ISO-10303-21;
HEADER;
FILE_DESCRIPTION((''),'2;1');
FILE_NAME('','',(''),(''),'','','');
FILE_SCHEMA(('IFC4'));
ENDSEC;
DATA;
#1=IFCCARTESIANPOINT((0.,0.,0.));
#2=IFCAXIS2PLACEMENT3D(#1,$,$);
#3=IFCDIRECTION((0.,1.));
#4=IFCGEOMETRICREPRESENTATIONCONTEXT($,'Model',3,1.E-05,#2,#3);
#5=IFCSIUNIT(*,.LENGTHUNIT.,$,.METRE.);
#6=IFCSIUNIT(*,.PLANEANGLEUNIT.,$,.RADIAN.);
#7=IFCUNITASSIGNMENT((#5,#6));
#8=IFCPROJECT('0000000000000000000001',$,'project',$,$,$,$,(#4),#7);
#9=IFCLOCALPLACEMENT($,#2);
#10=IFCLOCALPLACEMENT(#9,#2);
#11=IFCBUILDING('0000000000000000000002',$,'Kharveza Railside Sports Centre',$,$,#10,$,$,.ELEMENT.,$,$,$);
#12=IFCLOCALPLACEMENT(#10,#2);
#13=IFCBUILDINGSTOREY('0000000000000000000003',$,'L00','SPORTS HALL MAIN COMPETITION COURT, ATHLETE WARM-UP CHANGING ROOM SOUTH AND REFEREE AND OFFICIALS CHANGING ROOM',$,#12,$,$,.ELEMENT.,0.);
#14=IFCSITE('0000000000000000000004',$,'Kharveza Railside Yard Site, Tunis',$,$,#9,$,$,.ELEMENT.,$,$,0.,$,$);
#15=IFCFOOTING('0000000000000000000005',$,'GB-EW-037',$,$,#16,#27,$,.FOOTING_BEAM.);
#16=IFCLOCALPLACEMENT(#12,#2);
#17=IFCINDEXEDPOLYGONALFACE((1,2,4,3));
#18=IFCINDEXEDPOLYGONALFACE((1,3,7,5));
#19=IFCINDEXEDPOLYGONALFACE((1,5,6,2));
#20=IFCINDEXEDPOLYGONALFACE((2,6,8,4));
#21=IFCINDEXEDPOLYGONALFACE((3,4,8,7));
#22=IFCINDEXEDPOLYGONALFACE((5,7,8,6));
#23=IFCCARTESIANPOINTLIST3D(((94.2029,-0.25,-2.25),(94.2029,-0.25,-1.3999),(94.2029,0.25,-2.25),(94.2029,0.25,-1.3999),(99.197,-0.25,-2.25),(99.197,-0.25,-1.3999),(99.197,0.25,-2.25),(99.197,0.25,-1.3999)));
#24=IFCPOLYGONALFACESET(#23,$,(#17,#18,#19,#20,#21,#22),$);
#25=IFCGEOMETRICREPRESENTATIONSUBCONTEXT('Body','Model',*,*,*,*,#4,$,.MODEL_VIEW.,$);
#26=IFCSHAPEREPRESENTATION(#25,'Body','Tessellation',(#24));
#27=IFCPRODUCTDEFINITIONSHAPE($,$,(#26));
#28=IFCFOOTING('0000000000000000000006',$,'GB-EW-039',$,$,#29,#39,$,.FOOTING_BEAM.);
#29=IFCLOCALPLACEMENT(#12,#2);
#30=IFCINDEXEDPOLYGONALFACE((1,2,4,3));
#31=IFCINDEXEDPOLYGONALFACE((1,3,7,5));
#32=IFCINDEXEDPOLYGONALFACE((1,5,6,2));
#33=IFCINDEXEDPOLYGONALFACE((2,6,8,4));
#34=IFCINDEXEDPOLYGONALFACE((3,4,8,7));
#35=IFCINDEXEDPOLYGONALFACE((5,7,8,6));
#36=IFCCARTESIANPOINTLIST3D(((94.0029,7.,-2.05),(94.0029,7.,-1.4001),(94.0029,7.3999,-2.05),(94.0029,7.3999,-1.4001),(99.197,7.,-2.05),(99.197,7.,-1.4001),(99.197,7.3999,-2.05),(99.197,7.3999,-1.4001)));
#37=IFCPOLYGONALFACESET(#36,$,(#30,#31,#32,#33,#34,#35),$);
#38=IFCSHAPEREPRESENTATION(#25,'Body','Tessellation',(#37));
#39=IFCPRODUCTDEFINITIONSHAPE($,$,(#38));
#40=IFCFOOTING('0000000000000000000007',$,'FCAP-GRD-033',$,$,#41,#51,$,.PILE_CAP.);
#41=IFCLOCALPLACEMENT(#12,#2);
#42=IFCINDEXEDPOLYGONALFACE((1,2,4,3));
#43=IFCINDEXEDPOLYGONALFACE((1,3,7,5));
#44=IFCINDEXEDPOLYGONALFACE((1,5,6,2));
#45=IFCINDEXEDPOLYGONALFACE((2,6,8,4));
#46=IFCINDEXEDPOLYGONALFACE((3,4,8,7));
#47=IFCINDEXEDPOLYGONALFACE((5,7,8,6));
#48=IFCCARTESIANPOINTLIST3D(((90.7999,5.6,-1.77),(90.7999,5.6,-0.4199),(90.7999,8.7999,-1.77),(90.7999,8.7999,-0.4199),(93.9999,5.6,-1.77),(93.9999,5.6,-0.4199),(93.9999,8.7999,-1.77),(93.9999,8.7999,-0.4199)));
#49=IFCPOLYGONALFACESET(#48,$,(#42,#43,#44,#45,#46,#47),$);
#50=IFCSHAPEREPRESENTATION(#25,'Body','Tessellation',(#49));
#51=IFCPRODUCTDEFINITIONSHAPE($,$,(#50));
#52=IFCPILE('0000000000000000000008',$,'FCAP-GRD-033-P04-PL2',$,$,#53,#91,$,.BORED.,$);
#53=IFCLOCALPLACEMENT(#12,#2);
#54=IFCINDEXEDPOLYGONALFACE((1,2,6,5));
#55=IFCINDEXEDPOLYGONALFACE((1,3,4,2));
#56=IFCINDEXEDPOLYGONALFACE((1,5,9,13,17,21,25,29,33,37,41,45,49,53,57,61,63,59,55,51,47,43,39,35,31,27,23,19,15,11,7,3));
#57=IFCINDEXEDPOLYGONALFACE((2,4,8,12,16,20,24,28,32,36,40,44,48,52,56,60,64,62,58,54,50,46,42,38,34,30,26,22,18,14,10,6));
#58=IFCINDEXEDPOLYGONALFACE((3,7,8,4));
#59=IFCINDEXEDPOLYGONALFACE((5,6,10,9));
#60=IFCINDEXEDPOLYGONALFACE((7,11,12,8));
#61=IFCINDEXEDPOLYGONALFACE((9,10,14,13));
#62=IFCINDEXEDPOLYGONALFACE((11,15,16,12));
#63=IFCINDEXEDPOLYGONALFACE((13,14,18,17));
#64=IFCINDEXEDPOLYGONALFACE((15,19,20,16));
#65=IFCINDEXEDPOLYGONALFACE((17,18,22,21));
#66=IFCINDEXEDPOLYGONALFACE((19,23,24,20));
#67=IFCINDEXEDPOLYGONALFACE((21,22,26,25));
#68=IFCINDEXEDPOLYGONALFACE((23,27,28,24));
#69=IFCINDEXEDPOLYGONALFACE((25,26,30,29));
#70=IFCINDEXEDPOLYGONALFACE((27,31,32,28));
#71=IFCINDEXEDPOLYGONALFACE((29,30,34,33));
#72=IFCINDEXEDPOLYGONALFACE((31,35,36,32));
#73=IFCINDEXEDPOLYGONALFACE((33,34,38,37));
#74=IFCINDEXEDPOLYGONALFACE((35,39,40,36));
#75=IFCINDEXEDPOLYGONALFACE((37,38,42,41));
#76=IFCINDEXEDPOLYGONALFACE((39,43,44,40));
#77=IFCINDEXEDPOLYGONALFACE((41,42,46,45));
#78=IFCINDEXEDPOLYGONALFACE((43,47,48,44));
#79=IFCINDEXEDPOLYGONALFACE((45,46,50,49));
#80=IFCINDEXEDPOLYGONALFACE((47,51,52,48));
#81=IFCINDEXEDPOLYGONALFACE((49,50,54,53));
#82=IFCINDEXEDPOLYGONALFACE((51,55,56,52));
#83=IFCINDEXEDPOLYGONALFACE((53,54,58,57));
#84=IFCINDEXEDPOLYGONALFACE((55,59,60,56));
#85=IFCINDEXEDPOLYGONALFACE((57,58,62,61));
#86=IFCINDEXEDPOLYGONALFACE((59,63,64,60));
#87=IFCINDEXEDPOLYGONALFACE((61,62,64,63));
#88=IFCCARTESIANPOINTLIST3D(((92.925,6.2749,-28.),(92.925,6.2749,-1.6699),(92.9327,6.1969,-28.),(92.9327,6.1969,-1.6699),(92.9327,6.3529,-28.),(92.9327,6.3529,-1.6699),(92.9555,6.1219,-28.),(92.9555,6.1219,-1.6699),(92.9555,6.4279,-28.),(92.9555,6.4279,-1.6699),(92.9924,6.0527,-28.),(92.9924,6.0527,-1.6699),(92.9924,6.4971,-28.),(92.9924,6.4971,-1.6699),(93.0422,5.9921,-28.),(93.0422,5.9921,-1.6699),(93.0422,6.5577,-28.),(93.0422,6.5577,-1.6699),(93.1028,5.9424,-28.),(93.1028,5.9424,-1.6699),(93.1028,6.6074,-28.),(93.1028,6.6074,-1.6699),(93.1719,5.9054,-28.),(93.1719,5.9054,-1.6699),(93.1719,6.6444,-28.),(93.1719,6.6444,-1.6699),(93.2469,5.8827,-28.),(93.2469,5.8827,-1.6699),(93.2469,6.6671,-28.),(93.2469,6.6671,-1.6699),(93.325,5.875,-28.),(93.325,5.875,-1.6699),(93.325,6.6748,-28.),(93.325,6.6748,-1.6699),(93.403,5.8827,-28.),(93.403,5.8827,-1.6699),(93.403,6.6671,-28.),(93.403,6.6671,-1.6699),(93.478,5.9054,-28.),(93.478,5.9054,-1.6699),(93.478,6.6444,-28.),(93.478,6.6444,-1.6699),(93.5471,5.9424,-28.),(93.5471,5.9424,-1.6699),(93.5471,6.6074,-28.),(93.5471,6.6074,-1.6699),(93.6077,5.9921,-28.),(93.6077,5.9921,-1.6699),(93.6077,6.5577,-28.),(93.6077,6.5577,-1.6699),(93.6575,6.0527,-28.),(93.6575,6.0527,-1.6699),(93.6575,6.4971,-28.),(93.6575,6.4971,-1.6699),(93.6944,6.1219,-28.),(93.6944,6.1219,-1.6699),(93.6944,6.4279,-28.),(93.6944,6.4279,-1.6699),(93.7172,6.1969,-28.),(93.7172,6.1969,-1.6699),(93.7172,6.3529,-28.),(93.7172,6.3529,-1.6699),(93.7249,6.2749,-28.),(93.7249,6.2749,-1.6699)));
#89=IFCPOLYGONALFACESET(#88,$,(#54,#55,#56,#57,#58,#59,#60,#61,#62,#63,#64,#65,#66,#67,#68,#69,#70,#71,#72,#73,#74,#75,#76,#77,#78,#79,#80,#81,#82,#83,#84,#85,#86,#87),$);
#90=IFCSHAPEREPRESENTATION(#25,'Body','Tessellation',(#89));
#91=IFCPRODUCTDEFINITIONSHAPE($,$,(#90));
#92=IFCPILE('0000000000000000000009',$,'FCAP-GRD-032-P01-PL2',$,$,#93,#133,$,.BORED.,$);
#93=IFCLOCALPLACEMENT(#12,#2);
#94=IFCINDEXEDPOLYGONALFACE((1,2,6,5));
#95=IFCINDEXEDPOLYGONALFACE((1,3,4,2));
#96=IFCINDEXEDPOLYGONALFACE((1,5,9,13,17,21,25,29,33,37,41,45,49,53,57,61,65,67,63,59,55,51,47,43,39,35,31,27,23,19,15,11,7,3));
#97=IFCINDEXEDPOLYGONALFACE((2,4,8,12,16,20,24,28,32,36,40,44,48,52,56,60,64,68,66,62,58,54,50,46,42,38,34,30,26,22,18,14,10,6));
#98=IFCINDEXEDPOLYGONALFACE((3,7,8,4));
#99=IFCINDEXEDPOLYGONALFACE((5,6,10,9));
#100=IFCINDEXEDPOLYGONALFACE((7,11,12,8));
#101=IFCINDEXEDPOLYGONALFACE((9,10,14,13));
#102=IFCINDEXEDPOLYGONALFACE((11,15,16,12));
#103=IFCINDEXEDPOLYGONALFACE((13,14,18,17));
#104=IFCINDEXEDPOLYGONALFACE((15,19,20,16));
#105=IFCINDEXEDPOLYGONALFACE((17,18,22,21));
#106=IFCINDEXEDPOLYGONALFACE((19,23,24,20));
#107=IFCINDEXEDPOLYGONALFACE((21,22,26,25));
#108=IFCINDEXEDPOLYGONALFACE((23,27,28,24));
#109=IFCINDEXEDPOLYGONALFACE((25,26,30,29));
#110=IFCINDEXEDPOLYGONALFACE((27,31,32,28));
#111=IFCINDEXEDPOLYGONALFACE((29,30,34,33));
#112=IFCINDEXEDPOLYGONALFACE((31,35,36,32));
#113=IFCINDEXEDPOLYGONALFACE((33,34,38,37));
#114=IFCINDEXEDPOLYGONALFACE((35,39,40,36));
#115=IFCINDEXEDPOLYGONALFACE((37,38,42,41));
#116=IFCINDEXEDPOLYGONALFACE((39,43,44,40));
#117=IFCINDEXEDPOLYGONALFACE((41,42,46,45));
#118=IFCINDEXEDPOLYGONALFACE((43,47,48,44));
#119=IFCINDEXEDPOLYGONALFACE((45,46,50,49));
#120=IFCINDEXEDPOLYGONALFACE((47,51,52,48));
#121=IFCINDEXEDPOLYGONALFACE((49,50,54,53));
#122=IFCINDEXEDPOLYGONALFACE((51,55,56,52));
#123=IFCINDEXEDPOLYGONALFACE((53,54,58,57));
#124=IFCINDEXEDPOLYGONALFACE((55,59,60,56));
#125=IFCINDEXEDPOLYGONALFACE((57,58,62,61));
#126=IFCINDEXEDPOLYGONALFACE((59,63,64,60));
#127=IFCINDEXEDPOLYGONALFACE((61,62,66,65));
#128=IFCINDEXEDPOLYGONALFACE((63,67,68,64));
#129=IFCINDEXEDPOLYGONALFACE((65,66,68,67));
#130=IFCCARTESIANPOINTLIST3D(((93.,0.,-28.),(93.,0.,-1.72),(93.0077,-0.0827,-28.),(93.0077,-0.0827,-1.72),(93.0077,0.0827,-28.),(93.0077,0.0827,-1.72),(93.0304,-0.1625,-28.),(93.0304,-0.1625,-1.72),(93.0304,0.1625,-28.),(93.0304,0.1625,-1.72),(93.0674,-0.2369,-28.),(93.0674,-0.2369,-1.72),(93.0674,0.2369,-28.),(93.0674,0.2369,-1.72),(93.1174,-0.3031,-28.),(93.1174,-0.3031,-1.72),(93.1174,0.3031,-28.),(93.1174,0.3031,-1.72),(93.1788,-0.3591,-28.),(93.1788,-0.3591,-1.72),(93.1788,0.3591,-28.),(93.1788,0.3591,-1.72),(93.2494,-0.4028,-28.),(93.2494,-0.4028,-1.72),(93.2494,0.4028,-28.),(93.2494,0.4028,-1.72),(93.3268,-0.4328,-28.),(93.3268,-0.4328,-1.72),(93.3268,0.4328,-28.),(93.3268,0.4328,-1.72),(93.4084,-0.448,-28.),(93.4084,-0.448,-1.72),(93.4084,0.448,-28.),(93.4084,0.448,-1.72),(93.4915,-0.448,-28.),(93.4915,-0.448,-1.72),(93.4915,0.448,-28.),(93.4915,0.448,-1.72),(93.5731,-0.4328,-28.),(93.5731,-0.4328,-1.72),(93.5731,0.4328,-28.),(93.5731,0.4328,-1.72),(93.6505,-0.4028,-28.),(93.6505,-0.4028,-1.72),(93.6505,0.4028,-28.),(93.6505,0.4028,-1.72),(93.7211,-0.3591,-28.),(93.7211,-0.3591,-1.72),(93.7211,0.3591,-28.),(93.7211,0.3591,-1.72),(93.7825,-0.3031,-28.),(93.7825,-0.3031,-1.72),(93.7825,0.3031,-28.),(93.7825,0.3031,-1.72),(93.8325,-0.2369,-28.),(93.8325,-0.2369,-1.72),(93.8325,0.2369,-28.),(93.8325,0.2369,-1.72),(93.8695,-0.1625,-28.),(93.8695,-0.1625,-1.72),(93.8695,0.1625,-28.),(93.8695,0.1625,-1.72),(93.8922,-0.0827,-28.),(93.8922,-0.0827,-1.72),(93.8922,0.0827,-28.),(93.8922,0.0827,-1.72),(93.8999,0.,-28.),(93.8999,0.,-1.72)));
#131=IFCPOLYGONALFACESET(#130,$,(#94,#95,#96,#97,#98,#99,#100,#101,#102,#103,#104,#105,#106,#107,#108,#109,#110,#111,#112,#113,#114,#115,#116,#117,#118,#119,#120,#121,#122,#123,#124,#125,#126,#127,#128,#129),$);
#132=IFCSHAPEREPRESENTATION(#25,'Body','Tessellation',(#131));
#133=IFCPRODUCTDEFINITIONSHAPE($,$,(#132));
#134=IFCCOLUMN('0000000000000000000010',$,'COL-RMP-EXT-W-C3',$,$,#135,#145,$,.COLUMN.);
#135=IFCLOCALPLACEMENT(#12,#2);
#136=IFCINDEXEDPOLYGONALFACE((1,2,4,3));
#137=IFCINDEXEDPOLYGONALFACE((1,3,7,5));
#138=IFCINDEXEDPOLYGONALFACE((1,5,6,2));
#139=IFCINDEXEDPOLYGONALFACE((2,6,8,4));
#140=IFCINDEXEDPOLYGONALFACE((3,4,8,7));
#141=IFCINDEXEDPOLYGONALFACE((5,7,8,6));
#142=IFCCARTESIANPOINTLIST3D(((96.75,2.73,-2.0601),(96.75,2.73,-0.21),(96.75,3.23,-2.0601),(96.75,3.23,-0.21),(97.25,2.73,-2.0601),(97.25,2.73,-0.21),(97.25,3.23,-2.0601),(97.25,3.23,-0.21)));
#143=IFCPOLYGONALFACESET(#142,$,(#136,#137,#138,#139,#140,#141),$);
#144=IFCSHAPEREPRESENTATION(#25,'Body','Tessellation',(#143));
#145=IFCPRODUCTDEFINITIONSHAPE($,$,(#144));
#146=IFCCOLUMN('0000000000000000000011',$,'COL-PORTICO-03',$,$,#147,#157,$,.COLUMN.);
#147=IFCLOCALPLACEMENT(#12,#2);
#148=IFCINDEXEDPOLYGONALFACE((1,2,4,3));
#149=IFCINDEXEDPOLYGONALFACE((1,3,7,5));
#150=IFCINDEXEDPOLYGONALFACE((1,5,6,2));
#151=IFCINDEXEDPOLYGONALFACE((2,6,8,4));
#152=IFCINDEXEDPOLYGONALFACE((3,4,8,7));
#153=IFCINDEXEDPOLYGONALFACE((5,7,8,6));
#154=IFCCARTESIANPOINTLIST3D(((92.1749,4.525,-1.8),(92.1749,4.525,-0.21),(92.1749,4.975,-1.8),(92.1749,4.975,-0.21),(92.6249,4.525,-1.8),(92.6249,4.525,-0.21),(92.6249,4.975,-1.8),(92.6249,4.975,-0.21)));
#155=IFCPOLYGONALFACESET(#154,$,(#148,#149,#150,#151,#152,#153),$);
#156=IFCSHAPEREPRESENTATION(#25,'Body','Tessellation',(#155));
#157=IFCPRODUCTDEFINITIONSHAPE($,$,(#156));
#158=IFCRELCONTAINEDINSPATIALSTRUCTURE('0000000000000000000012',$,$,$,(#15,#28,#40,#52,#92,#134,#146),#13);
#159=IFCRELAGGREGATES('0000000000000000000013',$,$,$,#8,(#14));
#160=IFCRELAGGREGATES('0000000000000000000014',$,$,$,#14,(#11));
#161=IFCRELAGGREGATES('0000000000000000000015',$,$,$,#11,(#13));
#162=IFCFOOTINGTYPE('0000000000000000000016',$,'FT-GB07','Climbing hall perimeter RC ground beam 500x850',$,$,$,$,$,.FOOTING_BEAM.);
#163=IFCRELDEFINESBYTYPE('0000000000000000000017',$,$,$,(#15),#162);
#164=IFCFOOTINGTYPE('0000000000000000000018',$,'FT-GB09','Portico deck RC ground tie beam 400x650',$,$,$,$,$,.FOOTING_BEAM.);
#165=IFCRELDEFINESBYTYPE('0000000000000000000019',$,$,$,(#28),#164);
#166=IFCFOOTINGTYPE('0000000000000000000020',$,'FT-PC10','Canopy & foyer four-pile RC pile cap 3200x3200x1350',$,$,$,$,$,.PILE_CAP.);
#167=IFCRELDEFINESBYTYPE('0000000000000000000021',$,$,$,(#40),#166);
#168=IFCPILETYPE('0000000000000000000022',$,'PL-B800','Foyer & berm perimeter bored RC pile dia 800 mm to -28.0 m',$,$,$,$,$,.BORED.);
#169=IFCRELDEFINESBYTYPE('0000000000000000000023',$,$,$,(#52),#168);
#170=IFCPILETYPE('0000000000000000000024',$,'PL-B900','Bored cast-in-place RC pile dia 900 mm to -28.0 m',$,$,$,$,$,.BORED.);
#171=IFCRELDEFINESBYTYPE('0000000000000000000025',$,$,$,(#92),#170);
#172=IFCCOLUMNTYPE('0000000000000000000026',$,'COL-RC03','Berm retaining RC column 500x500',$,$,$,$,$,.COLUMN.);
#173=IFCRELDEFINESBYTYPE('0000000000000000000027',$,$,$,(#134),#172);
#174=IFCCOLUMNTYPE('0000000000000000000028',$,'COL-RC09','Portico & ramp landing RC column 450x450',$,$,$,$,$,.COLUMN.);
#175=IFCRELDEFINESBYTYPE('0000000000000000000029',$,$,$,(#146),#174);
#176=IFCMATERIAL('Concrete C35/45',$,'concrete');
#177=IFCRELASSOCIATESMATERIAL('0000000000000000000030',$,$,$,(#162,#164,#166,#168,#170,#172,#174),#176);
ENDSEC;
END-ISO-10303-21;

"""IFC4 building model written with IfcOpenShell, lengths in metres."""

from ifc_helpers import new_model, si_unit, direction, frame, origin, origin_2d, place, context, subcontext, project, spatial, rectangle, circle, extrude, material, material_profile, profile_set, type_object, element, save


model = new_model("IFC4")

# Units and contexts
model_context = context("Model", 3, precision=1e-05, world=origin(), true_north=direction((0.0, 1.0)))
body_context = subcontext(model_context, "Body", "Model", "MODEL_VIEW")
ifc_project = project(units=[si_unit("LENGTHUNIT", "METRE"), si_unit("PLANEANGLEUNIT", "RADIAN")], contexts=[model_context])

# Site, building, storey
site_placement = place(None, origin())
site = spatial("IfcSite", under=ifc_project, at=site_placement, Name="Kharveza Railside Yard Site, Tunis", CompositionType="ELEMENT", RefElevation=0.0)
building_placement = place(site_placement, origin())
building = spatial("IfcBuilding", under=site, at=building_placement, Name="Kharveza Railside Sports Centre", CompositionType="ELEMENT")
storey_placement = place(building_placement, origin())
storey = spatial("IfcBuildingStorey", under=building, at=storey_placement, Name="L00", Description="SPORTS HALL MAIN COMPETITION COURT, ATHLETE WARM-UP CHANGING ROOM SOUTH AND REFEREE AND OFFICIALS CHANGING ROOM", CompositionType="ELEMENT", Elevation=0.0)

# Footings
ifc_material_1 = material(Name="Concrete C35/45", Category="concrete")
ifc_material_profile_1 = material_profile(ifc_material_1, rectangle(XDim=0.5, YDim=0.8501, at=origin_2d()), Name="GB 500x850")
ifc_profile_set_1 = profile_set([ifc_material_profile_1], Name="Concrete C35/45")
footing_type_1 = type_object("IfcFootingType", Name="FT-GB07", Description="Climbing hall perimeter RC ground beam 500x850", PredefinedType="FOOTING_BEAM", material=ifc_profile_set_1)
footing_1_placement = place(storey_placement, frame((94.2029, 0.0, -1.825), z_axis=(1.0, 0.0, 0.0), x_axis=(0.0, 1.0, 0.0)))
element("IfcFooting", 1, at=footing_1_placement, inside=storey, type_object=footing_type_1, Name="GB-EW-037", PredefinedType="FOOTING_BEAM", context=body_context, shape_type="SweptSolid", body=[
    extrude(rectangle(XDim=0.5, YDim=0.8501, at=origin_2d()), origin(), (0.0, 0.0, 1.0), 4.9941),
])
ifc_material_profile_2 = material_profile(ifc_material_1, rectangle(XDim=0.3999, YDim=0.6499, at=origin_2d()), Name="GB 400x650")
ifc_profile_set_2 = profile_set([ifc_material_profile_2], Name="Concrete C35/45")
footing_type_2 = type_object("IfcFootingType", Name="FT-GB09", Description="Portico deck RC ground tie beam 400x650", PredefinedType="FOOTING_BEAM", material=ifc_profile_set_2)
footing_2_placement = place(storey_placement, frame((94.0029, 7.2, -1.7251), z_axis=(1.0, 0.0, 0.0), x_axis=(0.0, 1.0, 0.0)))
element("IfcFooting", 2, at=footing_2_placement, inside=storey, type_object=footing_type_2, Name="GB-EW-039", PredefinedType="FOOTING_BEAM", context=body_context, shape_type="SweptSolid", body=[
    extrude(rectangle(XDim=0.3999, YDim=0.6499, at=origin_2d()), origin(), (0.0, 0.0, 1.0), 5.1941),
])
footing_type_3 = type_object("IfcFootingType", Name="FT-PC10", Description="Canopy & foyer four-pile RC pile cap 3200x3200x1350", PredefinedType="PILE_CAP", material=ifc_material_1)
footing_3_placement = place(storey_placement, frame((92.3999, 7.2, -1.77), z_axis=(0.0, 0.0, 1.0), x_axis=(1.0, 0.0, 0.0)))
element("IfcFooting", 3, at=footing_3_placement, inside=storey, type_object=footing_type_3, Name="FCAP-GRD-033", PredefinedType="PILE_CAP", context=body_context, shape_type="SweptSolid", body=[
    extrude(rectangle(XDim=3.2, YDim=3.2, at=origin_2d()), origin(), (0.0, 0.0, 1.0), 1.3501),
])

# Piles
ifc_material_profile_3 = material_profile(ifc_material_1, circle(Radius=0.3999, at=origin_2d()), Name="PILE D800")
ifc_profile_set_3 = profile_set([ifc_material_profile_3], Name="Concrete C35/45")
pile_type_1 = type_object("IfcPileType", Name="PL-B800", Description="Foyer & berm perimeter bored RC pile dia 800 mm to -28.0 m", PredefinedType="BORED", material=ifc_profile_set_3)
pile_1_placement = place(storey_placement, frame((93.325, 6.2749, -1.6699), z_axis=(0.0, 0.0, -1.0), x_axis=(1.0, 0.0, 0.0)))
element("IfcPile", 4, at=pile_1_placement, inside=storey, type_object=pile_type_1, Name="FCAP-GRD-033-P04-PL2", PredefinedType="BORED", context=body_context, shape_type="SweptSolid", body=[
    extrude(circle(Radius=0.3999, at=origin_2d()), origin(), (0.0, 0.0, 1.0), 26.3301),
])
ifc_material_profile_4 = material_profile(ifc_material_1, circle(Radius=0.45, at=origin_2d()), Name="PILE D900")
ifc_profile_set_4 = profile_set([ifc_material_profile_4], Name="Concrete C35/45")
pile_type_2 = type_object("IfcPileType", Name="PL-B900", Description="Bored cast-in-place RC pile dia 900 mm to -28.0 m", PredefinedType="BORED", material=ifc_profile_set_4)
pile_2_placement = place(storey_placement, frame((93.45, 0.0, -1.72), z_axis=(0.0, 0.0, -1.0), x_axis=(1.0, 0.0, 0.0)))
element("IfcPile", 5, at=pile_2_placement, inside=storey, type_object=pile_type_2, Name="FCAP-GRD-032-P01-PL2", PredefinedType="BORED", context=body_context, shape_type="SweptSolid", body=[
    extrude(circle(Radius=0.45, at=origin_2d()), origin(), (0.0, 0.0, 1.0), 26.28),
])

# Columns
ifc_material_profile_5 = material_profile(ifc_material_1, rectangle(XDim=0.5, YDim=0.5, at=origin_2d()), Name="RC 500x500")
ifc_profile_set_5 = profile_set([ifc_material_profile_5], Name="Concrete C35/45")
column_type_1 = type_object("IfcColumnType", Name="COL-RC03", Description="Berm retaining RC column 500x500", PredefinedType="COLUMN", material=ifc_profile_set_5)
column_1_placement = place(storey_placement, frame((97.0, 2.98, -2.0601), z_axis=(0.0, 0.0, 1.0), x_axis=(1.0, 0.0, 0.0)))
element("IfcColumn", 6, at=column_1_placement, inside=storey, type_object=column_type_1, Name="COL-RMP-EXT-W-C3", PredefinedType="COLUMN", context=body_context, shape_type="SweptSolid", body=[
    extrude(rectangle(XDim=0.5, YDim=0.5, at=origin_2d()), origin(), (0.0, 0.0, 1.0), 1.8501),
])
ifc_material_profile_6 = material_profile(ifc_material_1, rectangle(XDim=0.45, YDim=0.45, at=origin_2d()), Name="RC 450x450")
ifc_profile_set_6 = profile_set([ifc_material_profile_6], Name="Concrete C35/45")
column_type_2 = type_object("IfcColumnType", Name="COL-RC09", Description="Portico & ramp landing RC column 450x450", PredefinedType="COLUMN", material=ifc_profile_set_6)
column_2_placement = place(storey_placement, frame((92.3999, 4.75, -1.8), z_axis=(0.0, 0.0, 1.0), x_axis=(1.0, 0.0, 0.0)))
element("IfcColumn", 7, at=column_2_placement, inside=storey, type_object=column_type_2, Name="COL-PORTICO-03", PredefinedType="COLUMN", context=body_context, shape_type="SweptSolid", body=[
    extrude(rectangle(XDim=0.45, YDim=0.45, at=origin_2d()), origin(), (0.0, 0.0, 1.0), 1.5901),
])

save(model, "model.ifc")
